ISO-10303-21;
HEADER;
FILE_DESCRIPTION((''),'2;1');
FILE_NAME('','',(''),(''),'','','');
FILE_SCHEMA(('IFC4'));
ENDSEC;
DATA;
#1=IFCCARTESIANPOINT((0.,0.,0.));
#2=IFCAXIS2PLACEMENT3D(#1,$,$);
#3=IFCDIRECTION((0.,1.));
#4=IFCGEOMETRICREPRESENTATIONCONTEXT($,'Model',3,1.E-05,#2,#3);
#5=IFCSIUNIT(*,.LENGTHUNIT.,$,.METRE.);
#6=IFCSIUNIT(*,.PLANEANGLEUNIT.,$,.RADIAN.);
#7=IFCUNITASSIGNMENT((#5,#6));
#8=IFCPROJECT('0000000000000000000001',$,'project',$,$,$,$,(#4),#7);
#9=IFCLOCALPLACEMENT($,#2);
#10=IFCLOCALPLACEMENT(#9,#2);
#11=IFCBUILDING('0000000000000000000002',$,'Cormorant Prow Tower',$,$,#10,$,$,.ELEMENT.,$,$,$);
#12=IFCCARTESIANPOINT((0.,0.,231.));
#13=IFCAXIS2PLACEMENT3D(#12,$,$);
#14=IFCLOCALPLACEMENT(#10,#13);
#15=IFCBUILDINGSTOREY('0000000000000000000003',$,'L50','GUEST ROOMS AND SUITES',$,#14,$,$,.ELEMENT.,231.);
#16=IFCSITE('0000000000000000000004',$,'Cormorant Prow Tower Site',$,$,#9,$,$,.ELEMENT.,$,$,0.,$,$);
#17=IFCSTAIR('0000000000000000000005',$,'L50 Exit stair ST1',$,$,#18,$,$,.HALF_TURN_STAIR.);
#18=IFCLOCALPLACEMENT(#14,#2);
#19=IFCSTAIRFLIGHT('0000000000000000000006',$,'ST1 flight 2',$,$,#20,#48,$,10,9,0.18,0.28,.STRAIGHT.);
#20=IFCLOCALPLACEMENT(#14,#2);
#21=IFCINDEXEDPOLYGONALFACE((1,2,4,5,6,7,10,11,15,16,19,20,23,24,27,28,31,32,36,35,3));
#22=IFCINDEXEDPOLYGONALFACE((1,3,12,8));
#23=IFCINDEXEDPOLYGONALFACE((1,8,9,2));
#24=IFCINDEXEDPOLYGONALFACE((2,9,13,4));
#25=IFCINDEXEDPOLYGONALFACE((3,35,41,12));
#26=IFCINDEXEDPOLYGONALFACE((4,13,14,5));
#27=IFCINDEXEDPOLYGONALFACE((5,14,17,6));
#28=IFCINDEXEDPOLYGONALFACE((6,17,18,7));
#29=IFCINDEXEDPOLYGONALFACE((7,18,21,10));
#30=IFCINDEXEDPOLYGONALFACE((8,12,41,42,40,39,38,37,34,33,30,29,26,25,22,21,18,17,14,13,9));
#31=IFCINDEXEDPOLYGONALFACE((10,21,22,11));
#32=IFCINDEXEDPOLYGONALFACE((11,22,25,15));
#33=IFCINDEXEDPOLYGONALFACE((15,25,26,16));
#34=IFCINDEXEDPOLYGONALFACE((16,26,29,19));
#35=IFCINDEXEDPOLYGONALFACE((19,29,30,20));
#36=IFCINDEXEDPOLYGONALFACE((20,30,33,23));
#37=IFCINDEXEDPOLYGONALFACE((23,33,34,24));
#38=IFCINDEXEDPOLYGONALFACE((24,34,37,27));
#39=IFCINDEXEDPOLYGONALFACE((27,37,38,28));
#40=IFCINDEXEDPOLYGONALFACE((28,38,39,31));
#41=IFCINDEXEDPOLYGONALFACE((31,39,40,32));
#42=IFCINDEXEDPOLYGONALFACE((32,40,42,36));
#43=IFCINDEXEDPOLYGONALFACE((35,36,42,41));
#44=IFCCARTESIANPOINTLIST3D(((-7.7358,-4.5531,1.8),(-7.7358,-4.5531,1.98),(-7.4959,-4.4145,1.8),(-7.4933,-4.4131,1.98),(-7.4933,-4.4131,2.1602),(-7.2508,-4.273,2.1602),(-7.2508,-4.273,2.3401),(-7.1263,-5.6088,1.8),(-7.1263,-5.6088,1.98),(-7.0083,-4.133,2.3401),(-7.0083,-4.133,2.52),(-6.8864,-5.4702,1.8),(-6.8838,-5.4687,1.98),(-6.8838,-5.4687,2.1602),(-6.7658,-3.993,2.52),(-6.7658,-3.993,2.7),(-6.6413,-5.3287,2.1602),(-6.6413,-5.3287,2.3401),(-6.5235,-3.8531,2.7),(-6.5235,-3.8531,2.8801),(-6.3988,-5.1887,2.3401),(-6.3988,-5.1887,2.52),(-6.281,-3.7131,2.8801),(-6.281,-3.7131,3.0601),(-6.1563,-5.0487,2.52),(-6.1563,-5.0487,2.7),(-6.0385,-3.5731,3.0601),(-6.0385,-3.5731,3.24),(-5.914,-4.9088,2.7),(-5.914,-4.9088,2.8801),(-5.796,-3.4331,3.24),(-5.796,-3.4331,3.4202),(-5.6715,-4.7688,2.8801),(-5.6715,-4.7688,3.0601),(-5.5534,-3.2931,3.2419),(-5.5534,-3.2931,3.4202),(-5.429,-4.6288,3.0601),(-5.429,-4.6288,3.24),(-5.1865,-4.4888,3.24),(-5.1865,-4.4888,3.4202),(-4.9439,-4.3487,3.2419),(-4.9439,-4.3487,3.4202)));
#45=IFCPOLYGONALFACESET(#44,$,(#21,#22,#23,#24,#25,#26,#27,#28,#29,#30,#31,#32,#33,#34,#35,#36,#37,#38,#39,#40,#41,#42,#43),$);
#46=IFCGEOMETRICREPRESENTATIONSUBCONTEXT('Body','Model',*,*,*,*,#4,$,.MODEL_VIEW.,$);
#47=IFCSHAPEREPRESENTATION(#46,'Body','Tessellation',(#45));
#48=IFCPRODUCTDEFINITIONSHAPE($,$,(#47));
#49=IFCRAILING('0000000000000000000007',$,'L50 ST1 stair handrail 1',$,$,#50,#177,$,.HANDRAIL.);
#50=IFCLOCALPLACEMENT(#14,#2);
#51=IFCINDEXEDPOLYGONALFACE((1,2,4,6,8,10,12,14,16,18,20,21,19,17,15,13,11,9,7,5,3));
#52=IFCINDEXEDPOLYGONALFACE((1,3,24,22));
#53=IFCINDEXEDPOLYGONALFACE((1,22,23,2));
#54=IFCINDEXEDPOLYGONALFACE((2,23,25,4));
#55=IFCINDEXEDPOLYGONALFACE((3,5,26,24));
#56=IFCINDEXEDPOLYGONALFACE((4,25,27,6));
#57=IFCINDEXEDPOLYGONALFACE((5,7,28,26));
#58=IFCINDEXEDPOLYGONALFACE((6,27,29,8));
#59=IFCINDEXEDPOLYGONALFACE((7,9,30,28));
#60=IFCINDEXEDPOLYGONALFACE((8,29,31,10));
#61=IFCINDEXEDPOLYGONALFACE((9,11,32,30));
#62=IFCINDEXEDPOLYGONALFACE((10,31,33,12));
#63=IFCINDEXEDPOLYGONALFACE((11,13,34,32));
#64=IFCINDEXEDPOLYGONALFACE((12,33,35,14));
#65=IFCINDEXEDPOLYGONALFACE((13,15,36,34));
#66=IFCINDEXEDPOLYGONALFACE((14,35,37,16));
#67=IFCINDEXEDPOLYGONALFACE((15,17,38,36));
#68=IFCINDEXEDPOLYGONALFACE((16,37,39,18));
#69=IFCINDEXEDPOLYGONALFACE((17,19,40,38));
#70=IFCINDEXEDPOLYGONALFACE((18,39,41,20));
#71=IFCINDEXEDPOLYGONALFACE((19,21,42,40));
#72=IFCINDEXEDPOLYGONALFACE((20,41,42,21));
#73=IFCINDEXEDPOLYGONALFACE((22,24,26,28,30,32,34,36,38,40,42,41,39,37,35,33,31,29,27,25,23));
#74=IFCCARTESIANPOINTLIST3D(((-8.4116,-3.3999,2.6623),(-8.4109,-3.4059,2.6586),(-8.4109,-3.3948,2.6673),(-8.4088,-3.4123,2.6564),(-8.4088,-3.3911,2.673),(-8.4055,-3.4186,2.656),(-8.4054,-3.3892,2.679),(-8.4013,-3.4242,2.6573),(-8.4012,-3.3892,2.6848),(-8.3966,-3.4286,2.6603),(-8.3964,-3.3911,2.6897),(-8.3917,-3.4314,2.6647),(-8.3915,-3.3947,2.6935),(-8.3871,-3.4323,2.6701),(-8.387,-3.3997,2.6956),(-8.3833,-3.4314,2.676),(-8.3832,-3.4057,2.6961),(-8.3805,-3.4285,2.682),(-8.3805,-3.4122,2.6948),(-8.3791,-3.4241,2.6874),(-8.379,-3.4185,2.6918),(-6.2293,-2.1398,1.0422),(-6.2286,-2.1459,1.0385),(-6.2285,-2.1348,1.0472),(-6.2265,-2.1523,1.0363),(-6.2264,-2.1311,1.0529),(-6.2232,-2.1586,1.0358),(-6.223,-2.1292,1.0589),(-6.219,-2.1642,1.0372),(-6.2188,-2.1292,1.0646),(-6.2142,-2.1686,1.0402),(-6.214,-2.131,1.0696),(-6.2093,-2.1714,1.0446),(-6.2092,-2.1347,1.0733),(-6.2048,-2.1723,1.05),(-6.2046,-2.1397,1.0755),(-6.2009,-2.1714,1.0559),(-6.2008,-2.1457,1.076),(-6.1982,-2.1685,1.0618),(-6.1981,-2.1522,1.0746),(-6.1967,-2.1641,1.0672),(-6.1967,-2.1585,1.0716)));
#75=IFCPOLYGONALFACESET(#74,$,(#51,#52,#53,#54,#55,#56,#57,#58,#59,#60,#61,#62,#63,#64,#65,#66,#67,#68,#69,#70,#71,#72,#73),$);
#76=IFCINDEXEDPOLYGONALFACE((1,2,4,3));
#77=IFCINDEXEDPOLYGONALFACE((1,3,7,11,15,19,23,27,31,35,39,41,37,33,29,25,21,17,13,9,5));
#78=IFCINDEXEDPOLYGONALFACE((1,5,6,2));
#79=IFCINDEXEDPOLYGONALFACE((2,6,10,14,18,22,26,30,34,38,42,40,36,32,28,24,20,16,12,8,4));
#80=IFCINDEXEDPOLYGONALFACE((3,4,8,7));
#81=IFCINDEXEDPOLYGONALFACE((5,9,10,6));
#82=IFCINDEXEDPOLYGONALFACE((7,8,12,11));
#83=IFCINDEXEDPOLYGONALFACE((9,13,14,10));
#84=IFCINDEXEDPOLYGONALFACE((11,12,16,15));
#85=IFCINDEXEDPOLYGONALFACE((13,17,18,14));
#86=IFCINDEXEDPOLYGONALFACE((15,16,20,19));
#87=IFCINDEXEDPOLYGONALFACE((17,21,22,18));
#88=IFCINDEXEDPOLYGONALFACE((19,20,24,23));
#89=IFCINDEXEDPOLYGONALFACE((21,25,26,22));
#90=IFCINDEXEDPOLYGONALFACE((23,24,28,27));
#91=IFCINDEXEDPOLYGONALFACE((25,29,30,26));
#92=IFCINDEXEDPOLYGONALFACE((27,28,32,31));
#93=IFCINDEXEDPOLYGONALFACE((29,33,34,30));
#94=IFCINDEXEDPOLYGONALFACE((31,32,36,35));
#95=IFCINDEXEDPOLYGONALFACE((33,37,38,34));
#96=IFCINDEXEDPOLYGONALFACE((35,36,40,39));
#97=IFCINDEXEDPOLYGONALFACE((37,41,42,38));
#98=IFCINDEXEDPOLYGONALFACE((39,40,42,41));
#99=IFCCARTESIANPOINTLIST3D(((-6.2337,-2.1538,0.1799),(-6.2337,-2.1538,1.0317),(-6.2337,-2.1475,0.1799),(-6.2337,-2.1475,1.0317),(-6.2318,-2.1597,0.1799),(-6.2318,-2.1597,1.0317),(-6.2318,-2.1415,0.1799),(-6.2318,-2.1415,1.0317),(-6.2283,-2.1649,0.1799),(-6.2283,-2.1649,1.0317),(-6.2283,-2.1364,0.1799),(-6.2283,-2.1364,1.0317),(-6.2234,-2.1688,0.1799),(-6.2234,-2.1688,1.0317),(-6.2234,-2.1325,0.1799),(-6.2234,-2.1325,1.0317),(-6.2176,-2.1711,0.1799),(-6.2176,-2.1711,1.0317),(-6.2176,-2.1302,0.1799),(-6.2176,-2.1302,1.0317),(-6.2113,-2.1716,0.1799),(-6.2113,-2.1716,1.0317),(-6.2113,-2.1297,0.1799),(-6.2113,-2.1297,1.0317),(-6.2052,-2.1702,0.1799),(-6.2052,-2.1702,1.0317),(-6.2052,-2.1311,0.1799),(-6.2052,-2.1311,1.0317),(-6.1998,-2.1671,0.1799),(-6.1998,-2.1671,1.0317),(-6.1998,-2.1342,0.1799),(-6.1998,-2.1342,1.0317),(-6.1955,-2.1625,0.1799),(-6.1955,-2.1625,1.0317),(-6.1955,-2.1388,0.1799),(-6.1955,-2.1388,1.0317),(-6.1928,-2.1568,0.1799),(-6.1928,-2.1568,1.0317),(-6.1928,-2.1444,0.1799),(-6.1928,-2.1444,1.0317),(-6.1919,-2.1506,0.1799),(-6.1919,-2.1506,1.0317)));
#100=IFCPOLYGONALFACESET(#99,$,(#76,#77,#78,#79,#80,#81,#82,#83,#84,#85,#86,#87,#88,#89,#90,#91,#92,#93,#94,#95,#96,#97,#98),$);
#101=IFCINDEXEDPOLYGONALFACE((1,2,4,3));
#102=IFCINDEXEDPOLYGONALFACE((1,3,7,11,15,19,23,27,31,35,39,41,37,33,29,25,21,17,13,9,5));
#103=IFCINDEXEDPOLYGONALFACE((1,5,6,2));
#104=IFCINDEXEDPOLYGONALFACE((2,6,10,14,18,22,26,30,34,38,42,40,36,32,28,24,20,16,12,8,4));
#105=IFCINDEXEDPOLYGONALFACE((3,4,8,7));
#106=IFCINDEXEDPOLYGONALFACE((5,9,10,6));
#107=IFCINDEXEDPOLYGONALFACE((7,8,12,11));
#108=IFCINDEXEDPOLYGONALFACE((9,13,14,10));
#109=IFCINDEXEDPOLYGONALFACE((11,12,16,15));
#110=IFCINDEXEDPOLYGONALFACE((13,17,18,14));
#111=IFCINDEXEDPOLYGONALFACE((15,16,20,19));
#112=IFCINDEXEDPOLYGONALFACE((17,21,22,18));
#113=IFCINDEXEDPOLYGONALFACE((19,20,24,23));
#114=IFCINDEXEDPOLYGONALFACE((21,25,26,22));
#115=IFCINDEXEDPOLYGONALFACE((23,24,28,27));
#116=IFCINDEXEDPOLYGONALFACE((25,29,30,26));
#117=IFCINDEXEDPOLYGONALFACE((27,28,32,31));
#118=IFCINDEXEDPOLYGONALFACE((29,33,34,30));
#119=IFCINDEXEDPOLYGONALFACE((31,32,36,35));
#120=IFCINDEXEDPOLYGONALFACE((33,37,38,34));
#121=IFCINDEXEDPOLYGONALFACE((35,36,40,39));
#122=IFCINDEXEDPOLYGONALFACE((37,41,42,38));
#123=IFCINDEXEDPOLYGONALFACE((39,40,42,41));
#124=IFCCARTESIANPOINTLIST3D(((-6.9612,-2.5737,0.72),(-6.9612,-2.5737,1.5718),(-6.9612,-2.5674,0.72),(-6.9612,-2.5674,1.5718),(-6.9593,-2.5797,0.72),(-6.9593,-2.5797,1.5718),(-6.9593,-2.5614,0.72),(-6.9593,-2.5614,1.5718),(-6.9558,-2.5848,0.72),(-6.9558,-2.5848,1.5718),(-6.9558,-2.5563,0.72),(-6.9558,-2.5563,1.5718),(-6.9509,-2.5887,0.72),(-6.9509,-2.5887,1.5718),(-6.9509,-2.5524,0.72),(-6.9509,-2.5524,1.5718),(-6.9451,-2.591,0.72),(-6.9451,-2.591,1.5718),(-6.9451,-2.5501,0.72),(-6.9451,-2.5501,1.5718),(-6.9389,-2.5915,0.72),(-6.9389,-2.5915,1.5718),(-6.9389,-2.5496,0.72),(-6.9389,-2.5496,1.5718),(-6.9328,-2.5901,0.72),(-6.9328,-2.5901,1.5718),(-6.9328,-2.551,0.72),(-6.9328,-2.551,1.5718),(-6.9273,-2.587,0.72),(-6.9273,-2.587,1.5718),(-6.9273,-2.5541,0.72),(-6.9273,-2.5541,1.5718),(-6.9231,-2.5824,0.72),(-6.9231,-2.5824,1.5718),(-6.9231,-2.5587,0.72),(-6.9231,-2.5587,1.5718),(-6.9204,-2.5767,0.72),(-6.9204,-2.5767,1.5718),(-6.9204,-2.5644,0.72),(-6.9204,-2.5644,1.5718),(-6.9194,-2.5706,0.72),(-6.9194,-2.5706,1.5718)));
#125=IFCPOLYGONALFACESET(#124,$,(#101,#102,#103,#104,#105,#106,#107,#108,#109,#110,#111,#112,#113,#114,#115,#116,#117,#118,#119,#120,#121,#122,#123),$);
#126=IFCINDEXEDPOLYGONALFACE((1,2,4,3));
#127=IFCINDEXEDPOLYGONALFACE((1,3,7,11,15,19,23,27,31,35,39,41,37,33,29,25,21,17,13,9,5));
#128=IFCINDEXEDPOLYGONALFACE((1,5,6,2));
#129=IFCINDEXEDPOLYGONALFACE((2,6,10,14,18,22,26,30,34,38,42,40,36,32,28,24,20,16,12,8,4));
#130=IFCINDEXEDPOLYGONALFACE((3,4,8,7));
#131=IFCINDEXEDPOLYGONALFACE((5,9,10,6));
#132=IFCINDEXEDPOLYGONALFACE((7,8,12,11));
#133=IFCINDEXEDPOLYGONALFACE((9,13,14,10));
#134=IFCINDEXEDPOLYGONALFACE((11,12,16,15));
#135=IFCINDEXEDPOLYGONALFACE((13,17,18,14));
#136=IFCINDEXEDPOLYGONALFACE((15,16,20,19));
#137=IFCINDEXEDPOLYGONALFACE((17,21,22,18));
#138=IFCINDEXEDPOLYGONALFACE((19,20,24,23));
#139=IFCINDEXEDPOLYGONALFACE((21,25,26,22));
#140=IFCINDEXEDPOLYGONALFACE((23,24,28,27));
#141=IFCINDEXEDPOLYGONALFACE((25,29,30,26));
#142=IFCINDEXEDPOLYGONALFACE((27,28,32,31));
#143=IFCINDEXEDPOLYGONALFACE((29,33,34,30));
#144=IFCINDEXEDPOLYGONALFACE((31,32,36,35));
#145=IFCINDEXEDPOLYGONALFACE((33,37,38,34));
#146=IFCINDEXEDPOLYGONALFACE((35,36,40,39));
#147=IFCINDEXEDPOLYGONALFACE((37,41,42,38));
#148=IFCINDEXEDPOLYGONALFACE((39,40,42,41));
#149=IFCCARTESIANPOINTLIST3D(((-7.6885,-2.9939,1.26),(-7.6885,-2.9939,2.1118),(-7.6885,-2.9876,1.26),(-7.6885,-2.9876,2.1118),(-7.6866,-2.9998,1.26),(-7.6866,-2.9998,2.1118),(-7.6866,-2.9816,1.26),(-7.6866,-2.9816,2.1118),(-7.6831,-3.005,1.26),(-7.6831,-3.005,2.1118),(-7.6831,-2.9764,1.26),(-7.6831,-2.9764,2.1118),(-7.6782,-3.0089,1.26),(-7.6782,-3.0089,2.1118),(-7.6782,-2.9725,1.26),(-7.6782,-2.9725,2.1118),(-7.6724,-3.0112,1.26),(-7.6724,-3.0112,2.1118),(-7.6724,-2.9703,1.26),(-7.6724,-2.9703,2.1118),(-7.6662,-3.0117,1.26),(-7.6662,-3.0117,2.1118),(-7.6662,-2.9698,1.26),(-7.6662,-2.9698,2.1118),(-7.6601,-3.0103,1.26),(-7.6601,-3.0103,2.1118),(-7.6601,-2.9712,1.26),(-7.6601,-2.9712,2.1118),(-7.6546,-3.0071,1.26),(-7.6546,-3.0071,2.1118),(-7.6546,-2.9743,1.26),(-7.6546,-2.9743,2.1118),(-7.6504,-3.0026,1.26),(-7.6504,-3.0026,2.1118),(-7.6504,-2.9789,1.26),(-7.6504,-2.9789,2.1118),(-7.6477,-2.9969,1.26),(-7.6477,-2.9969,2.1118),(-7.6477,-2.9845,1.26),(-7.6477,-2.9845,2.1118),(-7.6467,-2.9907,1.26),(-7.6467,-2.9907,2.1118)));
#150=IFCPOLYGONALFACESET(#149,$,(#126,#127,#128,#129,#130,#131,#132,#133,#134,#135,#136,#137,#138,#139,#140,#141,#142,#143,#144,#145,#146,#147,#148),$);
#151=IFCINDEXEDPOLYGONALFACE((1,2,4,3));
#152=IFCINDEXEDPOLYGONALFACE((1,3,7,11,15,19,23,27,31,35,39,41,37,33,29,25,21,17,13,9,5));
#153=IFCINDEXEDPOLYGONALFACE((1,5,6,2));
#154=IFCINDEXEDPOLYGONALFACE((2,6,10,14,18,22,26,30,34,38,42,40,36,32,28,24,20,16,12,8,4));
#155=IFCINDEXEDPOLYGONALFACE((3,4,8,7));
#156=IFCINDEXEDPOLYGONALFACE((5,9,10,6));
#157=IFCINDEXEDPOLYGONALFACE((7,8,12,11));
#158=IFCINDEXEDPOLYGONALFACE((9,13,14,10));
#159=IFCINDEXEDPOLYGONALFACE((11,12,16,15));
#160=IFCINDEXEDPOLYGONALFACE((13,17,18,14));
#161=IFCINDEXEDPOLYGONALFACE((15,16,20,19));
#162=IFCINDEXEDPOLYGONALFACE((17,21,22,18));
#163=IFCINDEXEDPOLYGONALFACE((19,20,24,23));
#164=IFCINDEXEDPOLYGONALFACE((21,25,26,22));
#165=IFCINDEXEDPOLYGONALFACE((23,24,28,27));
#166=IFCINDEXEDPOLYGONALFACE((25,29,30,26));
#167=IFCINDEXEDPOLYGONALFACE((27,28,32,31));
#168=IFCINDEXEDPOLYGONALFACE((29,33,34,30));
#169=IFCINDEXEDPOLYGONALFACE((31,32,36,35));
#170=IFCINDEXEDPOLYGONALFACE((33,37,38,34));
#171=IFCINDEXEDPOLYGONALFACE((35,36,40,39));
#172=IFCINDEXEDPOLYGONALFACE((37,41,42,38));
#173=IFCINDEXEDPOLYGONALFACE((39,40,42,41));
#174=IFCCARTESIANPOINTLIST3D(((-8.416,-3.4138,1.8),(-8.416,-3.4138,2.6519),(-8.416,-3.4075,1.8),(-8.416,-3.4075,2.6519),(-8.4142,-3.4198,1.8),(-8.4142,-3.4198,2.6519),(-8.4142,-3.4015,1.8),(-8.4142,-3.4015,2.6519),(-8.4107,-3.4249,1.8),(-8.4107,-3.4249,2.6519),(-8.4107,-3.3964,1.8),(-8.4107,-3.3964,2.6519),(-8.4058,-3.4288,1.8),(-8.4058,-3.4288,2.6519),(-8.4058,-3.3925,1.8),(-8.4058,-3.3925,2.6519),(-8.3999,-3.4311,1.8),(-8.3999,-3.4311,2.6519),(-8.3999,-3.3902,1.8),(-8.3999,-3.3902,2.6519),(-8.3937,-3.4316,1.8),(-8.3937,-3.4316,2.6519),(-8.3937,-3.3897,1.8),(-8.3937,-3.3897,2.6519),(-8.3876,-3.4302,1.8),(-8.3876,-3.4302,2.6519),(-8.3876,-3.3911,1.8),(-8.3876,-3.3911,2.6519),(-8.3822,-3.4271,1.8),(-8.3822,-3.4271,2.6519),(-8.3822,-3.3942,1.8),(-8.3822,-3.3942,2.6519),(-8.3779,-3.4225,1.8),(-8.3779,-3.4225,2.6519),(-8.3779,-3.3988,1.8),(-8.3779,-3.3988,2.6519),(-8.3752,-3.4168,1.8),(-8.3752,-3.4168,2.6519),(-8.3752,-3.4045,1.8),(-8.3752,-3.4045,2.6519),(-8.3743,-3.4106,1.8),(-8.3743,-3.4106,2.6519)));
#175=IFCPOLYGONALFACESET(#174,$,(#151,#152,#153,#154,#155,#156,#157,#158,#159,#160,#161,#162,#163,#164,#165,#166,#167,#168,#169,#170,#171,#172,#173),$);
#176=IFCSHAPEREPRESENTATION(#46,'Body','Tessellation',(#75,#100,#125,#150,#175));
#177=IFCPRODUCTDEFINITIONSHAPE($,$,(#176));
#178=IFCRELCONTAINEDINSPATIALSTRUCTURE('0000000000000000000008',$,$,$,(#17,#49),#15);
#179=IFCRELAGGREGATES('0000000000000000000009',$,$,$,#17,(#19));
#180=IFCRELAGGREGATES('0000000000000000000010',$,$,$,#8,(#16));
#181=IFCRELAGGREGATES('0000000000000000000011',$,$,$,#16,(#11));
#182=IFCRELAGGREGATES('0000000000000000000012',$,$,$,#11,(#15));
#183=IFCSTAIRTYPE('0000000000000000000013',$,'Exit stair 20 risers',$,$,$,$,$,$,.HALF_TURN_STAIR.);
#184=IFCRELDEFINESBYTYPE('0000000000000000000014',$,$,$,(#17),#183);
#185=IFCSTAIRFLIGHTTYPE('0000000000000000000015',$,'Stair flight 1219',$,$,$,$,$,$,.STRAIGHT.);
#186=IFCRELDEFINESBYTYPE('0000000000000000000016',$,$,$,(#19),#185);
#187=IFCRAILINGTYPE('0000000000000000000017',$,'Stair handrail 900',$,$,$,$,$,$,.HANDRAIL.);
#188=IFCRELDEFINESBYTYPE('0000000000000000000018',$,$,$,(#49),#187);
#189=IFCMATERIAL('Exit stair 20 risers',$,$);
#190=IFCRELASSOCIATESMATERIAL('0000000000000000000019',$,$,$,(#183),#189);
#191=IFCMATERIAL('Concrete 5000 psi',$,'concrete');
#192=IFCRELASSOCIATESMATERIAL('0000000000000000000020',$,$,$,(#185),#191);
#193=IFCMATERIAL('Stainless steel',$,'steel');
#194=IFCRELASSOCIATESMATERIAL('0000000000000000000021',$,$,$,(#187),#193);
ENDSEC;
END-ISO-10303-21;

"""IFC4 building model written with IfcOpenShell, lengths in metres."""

from ifc_helpers import new_model, si_unit, direction, frame, origin, origin_2d, place, context, subcontext, project, spatial, polyline, circle, outline, extrude, material, type_object, element, aggregate, save


model = new_model("IFC4")

# Units and contexts
model_context = context("Model", 3, precision=1e-05, world=origin(), true_north=direction((0.0, 1.0)))
body_context = subcontext(model_context, "Body", "Model", "MODEL_VIEW")
ifc_project = project(units=[si_unit("LENGTHUNIT", "METRE"), si_unit("PLANEANGLEUNIT", "RADIAN")], contexts=[model_context])

# Site, building, storey
site_placement = place(None, origin())
site = spatial("IfcSite", under=ifc_project, at=site_placement, Name="Cormorant Prow Tower Site", CompositionType="ELEMENT", RefElevation=0.0)
building_placement = place(site_placement, origin())
building = spatial("IfcBuilding", under=site, at=building_placement, Name="Cormorant Prow Tower", CompositionType="ELEMENT")
storey_placement = place(building_placement, frame((0.0, 0.0, 231.0)))
storey = spatial("IfcBuildingStorey", under=building, at=storey_placement, Name="L50", Description="GUEST ROOMS AND SUITES", CompositionType="ELEMENT", Elevation=231.0)

# Stair, stair flight
ifc_material_1 = material(Name="Exit stair 20 risers")
stair_type = type_object("IfcStairType", Name="Exit stair 20 risers", PredefinedType="HALF_TURN_STAIR", material=ifc_material_1)
stair_placement = place(storey_placement, origin())
stair = element("IfcStair", 1, at=stair_placement, inside=storey, type_object=stair_type, Name="L50 Exit stair ST1", PredefinedType="HALF_TURN_STAIR")
ifc_material_2 = material(Name="Concrete 5000 psi", Category="concrete")
stair_flight_type = type_object("IfcStairFlightType", Name="Stair flight 1219", PredefinedType="STRAIGHT", material=ifc_material_2)
stair_flight_1_placement = place(storey_placement, frame((-7.4312, -5.0808, 1.8), z_axis=(0.0, 0.0, 1.0), x_axis=(0.866025, 0.5, 0.0)))
stair_flight_1 = element("IfcStairFlight", 2, at=stair_flight_1_placement, type_object=stair_flight_type, Name="ST1 flight 2", NumberOfRisers=10, NumberOfTreads=9, PredefinedType="STRAIGHT", RiserHeight=0.18, TreadLength=0.28, context=body_context, shape_type="SweptSolid", body=[
    extrude(outline(polyline([(0.0, 0.0), (0.0, 0.1799), (0.28, 0.1799), (0.28, 0.3601), (0.5601, 0.3601), (0.5601, 0.54), (0.8401, 0.54), (0.8401, 0.72), (1.1201, 0.72), (1.1201, 0.8999), (1.3999, 0.8999), (1.3999, 1.0801), (1.6799, 1.0801), (1.6799, 1.26), (1.96, 1.26), (1.96, 1.4399), (2.24, 1.4399), (2.24, 1.6201), (2.52, 1.6201), (2.52, 1.8), (2.52, 1.4419), (0.2771, 0.0), (0.0, 0.0)])), frame((0.0, 0.6094, 0.0), z_axis=(0.0, -1.0, 0.0), x_axis=(1.0, 0.0, 0.0)), (0.0, 0.0, 1.0), 1.219),
])
aggregate(stair, [stair_flight_1])

# Railing
ifc_material_3 = material(Name="Stainless steel", Category="steel")
railing_type_1 = type_object("IfcRailingType", Name="Stair handrail 900", PredefinedType="HANDRAIL", material=ifc_material_3)
railing_1_placement = place(storey_placement, frame((-6.2129, -2.1506, 0.1799)))
element("IfcRailing", 3, at=railing_1_placement, inside=storey, type_object=railing_type_1, Name="L50 ST1 stair handrail 1", PredefinedType="HANDRAIL", context=body_context, shape_type="SweptSolid", body=[
    extrude(circle(Radius=0.0239, at=origin_2d()), frame((0.0, 0.0, 0.876), z_axis=(-0.728464, -0.420584, 0.540786), x_axis=(0.500005, -0.866023, 0.0)), (0.0, 0.0, 1.0), 2.9958),
    extrude(circle(Radius=0.021, at=origin_2d()), origin(), (0.0, 0.0, 1.0), 0.8518),
    extrude(circle(Radius=0.021, at=origin_2d()), frame((-0.7275, -0.4199, 0.54)), (0.0, 0.0, 1.0), 0.8518),
    extrude(circle(Radius=0.021, at=origin_2d()), frame((-1.4548, -0.8401, 1.0801)), (0.0, 0.0, 1.0), 0.8518),
    extrude(circle(Radius=0.021, at=origin_2d()), frame((-2.1824, -1.26, 1.6201)), (0.0, 0.0, 1.0), 0.8518),
])

save(model, "model.ifc")
